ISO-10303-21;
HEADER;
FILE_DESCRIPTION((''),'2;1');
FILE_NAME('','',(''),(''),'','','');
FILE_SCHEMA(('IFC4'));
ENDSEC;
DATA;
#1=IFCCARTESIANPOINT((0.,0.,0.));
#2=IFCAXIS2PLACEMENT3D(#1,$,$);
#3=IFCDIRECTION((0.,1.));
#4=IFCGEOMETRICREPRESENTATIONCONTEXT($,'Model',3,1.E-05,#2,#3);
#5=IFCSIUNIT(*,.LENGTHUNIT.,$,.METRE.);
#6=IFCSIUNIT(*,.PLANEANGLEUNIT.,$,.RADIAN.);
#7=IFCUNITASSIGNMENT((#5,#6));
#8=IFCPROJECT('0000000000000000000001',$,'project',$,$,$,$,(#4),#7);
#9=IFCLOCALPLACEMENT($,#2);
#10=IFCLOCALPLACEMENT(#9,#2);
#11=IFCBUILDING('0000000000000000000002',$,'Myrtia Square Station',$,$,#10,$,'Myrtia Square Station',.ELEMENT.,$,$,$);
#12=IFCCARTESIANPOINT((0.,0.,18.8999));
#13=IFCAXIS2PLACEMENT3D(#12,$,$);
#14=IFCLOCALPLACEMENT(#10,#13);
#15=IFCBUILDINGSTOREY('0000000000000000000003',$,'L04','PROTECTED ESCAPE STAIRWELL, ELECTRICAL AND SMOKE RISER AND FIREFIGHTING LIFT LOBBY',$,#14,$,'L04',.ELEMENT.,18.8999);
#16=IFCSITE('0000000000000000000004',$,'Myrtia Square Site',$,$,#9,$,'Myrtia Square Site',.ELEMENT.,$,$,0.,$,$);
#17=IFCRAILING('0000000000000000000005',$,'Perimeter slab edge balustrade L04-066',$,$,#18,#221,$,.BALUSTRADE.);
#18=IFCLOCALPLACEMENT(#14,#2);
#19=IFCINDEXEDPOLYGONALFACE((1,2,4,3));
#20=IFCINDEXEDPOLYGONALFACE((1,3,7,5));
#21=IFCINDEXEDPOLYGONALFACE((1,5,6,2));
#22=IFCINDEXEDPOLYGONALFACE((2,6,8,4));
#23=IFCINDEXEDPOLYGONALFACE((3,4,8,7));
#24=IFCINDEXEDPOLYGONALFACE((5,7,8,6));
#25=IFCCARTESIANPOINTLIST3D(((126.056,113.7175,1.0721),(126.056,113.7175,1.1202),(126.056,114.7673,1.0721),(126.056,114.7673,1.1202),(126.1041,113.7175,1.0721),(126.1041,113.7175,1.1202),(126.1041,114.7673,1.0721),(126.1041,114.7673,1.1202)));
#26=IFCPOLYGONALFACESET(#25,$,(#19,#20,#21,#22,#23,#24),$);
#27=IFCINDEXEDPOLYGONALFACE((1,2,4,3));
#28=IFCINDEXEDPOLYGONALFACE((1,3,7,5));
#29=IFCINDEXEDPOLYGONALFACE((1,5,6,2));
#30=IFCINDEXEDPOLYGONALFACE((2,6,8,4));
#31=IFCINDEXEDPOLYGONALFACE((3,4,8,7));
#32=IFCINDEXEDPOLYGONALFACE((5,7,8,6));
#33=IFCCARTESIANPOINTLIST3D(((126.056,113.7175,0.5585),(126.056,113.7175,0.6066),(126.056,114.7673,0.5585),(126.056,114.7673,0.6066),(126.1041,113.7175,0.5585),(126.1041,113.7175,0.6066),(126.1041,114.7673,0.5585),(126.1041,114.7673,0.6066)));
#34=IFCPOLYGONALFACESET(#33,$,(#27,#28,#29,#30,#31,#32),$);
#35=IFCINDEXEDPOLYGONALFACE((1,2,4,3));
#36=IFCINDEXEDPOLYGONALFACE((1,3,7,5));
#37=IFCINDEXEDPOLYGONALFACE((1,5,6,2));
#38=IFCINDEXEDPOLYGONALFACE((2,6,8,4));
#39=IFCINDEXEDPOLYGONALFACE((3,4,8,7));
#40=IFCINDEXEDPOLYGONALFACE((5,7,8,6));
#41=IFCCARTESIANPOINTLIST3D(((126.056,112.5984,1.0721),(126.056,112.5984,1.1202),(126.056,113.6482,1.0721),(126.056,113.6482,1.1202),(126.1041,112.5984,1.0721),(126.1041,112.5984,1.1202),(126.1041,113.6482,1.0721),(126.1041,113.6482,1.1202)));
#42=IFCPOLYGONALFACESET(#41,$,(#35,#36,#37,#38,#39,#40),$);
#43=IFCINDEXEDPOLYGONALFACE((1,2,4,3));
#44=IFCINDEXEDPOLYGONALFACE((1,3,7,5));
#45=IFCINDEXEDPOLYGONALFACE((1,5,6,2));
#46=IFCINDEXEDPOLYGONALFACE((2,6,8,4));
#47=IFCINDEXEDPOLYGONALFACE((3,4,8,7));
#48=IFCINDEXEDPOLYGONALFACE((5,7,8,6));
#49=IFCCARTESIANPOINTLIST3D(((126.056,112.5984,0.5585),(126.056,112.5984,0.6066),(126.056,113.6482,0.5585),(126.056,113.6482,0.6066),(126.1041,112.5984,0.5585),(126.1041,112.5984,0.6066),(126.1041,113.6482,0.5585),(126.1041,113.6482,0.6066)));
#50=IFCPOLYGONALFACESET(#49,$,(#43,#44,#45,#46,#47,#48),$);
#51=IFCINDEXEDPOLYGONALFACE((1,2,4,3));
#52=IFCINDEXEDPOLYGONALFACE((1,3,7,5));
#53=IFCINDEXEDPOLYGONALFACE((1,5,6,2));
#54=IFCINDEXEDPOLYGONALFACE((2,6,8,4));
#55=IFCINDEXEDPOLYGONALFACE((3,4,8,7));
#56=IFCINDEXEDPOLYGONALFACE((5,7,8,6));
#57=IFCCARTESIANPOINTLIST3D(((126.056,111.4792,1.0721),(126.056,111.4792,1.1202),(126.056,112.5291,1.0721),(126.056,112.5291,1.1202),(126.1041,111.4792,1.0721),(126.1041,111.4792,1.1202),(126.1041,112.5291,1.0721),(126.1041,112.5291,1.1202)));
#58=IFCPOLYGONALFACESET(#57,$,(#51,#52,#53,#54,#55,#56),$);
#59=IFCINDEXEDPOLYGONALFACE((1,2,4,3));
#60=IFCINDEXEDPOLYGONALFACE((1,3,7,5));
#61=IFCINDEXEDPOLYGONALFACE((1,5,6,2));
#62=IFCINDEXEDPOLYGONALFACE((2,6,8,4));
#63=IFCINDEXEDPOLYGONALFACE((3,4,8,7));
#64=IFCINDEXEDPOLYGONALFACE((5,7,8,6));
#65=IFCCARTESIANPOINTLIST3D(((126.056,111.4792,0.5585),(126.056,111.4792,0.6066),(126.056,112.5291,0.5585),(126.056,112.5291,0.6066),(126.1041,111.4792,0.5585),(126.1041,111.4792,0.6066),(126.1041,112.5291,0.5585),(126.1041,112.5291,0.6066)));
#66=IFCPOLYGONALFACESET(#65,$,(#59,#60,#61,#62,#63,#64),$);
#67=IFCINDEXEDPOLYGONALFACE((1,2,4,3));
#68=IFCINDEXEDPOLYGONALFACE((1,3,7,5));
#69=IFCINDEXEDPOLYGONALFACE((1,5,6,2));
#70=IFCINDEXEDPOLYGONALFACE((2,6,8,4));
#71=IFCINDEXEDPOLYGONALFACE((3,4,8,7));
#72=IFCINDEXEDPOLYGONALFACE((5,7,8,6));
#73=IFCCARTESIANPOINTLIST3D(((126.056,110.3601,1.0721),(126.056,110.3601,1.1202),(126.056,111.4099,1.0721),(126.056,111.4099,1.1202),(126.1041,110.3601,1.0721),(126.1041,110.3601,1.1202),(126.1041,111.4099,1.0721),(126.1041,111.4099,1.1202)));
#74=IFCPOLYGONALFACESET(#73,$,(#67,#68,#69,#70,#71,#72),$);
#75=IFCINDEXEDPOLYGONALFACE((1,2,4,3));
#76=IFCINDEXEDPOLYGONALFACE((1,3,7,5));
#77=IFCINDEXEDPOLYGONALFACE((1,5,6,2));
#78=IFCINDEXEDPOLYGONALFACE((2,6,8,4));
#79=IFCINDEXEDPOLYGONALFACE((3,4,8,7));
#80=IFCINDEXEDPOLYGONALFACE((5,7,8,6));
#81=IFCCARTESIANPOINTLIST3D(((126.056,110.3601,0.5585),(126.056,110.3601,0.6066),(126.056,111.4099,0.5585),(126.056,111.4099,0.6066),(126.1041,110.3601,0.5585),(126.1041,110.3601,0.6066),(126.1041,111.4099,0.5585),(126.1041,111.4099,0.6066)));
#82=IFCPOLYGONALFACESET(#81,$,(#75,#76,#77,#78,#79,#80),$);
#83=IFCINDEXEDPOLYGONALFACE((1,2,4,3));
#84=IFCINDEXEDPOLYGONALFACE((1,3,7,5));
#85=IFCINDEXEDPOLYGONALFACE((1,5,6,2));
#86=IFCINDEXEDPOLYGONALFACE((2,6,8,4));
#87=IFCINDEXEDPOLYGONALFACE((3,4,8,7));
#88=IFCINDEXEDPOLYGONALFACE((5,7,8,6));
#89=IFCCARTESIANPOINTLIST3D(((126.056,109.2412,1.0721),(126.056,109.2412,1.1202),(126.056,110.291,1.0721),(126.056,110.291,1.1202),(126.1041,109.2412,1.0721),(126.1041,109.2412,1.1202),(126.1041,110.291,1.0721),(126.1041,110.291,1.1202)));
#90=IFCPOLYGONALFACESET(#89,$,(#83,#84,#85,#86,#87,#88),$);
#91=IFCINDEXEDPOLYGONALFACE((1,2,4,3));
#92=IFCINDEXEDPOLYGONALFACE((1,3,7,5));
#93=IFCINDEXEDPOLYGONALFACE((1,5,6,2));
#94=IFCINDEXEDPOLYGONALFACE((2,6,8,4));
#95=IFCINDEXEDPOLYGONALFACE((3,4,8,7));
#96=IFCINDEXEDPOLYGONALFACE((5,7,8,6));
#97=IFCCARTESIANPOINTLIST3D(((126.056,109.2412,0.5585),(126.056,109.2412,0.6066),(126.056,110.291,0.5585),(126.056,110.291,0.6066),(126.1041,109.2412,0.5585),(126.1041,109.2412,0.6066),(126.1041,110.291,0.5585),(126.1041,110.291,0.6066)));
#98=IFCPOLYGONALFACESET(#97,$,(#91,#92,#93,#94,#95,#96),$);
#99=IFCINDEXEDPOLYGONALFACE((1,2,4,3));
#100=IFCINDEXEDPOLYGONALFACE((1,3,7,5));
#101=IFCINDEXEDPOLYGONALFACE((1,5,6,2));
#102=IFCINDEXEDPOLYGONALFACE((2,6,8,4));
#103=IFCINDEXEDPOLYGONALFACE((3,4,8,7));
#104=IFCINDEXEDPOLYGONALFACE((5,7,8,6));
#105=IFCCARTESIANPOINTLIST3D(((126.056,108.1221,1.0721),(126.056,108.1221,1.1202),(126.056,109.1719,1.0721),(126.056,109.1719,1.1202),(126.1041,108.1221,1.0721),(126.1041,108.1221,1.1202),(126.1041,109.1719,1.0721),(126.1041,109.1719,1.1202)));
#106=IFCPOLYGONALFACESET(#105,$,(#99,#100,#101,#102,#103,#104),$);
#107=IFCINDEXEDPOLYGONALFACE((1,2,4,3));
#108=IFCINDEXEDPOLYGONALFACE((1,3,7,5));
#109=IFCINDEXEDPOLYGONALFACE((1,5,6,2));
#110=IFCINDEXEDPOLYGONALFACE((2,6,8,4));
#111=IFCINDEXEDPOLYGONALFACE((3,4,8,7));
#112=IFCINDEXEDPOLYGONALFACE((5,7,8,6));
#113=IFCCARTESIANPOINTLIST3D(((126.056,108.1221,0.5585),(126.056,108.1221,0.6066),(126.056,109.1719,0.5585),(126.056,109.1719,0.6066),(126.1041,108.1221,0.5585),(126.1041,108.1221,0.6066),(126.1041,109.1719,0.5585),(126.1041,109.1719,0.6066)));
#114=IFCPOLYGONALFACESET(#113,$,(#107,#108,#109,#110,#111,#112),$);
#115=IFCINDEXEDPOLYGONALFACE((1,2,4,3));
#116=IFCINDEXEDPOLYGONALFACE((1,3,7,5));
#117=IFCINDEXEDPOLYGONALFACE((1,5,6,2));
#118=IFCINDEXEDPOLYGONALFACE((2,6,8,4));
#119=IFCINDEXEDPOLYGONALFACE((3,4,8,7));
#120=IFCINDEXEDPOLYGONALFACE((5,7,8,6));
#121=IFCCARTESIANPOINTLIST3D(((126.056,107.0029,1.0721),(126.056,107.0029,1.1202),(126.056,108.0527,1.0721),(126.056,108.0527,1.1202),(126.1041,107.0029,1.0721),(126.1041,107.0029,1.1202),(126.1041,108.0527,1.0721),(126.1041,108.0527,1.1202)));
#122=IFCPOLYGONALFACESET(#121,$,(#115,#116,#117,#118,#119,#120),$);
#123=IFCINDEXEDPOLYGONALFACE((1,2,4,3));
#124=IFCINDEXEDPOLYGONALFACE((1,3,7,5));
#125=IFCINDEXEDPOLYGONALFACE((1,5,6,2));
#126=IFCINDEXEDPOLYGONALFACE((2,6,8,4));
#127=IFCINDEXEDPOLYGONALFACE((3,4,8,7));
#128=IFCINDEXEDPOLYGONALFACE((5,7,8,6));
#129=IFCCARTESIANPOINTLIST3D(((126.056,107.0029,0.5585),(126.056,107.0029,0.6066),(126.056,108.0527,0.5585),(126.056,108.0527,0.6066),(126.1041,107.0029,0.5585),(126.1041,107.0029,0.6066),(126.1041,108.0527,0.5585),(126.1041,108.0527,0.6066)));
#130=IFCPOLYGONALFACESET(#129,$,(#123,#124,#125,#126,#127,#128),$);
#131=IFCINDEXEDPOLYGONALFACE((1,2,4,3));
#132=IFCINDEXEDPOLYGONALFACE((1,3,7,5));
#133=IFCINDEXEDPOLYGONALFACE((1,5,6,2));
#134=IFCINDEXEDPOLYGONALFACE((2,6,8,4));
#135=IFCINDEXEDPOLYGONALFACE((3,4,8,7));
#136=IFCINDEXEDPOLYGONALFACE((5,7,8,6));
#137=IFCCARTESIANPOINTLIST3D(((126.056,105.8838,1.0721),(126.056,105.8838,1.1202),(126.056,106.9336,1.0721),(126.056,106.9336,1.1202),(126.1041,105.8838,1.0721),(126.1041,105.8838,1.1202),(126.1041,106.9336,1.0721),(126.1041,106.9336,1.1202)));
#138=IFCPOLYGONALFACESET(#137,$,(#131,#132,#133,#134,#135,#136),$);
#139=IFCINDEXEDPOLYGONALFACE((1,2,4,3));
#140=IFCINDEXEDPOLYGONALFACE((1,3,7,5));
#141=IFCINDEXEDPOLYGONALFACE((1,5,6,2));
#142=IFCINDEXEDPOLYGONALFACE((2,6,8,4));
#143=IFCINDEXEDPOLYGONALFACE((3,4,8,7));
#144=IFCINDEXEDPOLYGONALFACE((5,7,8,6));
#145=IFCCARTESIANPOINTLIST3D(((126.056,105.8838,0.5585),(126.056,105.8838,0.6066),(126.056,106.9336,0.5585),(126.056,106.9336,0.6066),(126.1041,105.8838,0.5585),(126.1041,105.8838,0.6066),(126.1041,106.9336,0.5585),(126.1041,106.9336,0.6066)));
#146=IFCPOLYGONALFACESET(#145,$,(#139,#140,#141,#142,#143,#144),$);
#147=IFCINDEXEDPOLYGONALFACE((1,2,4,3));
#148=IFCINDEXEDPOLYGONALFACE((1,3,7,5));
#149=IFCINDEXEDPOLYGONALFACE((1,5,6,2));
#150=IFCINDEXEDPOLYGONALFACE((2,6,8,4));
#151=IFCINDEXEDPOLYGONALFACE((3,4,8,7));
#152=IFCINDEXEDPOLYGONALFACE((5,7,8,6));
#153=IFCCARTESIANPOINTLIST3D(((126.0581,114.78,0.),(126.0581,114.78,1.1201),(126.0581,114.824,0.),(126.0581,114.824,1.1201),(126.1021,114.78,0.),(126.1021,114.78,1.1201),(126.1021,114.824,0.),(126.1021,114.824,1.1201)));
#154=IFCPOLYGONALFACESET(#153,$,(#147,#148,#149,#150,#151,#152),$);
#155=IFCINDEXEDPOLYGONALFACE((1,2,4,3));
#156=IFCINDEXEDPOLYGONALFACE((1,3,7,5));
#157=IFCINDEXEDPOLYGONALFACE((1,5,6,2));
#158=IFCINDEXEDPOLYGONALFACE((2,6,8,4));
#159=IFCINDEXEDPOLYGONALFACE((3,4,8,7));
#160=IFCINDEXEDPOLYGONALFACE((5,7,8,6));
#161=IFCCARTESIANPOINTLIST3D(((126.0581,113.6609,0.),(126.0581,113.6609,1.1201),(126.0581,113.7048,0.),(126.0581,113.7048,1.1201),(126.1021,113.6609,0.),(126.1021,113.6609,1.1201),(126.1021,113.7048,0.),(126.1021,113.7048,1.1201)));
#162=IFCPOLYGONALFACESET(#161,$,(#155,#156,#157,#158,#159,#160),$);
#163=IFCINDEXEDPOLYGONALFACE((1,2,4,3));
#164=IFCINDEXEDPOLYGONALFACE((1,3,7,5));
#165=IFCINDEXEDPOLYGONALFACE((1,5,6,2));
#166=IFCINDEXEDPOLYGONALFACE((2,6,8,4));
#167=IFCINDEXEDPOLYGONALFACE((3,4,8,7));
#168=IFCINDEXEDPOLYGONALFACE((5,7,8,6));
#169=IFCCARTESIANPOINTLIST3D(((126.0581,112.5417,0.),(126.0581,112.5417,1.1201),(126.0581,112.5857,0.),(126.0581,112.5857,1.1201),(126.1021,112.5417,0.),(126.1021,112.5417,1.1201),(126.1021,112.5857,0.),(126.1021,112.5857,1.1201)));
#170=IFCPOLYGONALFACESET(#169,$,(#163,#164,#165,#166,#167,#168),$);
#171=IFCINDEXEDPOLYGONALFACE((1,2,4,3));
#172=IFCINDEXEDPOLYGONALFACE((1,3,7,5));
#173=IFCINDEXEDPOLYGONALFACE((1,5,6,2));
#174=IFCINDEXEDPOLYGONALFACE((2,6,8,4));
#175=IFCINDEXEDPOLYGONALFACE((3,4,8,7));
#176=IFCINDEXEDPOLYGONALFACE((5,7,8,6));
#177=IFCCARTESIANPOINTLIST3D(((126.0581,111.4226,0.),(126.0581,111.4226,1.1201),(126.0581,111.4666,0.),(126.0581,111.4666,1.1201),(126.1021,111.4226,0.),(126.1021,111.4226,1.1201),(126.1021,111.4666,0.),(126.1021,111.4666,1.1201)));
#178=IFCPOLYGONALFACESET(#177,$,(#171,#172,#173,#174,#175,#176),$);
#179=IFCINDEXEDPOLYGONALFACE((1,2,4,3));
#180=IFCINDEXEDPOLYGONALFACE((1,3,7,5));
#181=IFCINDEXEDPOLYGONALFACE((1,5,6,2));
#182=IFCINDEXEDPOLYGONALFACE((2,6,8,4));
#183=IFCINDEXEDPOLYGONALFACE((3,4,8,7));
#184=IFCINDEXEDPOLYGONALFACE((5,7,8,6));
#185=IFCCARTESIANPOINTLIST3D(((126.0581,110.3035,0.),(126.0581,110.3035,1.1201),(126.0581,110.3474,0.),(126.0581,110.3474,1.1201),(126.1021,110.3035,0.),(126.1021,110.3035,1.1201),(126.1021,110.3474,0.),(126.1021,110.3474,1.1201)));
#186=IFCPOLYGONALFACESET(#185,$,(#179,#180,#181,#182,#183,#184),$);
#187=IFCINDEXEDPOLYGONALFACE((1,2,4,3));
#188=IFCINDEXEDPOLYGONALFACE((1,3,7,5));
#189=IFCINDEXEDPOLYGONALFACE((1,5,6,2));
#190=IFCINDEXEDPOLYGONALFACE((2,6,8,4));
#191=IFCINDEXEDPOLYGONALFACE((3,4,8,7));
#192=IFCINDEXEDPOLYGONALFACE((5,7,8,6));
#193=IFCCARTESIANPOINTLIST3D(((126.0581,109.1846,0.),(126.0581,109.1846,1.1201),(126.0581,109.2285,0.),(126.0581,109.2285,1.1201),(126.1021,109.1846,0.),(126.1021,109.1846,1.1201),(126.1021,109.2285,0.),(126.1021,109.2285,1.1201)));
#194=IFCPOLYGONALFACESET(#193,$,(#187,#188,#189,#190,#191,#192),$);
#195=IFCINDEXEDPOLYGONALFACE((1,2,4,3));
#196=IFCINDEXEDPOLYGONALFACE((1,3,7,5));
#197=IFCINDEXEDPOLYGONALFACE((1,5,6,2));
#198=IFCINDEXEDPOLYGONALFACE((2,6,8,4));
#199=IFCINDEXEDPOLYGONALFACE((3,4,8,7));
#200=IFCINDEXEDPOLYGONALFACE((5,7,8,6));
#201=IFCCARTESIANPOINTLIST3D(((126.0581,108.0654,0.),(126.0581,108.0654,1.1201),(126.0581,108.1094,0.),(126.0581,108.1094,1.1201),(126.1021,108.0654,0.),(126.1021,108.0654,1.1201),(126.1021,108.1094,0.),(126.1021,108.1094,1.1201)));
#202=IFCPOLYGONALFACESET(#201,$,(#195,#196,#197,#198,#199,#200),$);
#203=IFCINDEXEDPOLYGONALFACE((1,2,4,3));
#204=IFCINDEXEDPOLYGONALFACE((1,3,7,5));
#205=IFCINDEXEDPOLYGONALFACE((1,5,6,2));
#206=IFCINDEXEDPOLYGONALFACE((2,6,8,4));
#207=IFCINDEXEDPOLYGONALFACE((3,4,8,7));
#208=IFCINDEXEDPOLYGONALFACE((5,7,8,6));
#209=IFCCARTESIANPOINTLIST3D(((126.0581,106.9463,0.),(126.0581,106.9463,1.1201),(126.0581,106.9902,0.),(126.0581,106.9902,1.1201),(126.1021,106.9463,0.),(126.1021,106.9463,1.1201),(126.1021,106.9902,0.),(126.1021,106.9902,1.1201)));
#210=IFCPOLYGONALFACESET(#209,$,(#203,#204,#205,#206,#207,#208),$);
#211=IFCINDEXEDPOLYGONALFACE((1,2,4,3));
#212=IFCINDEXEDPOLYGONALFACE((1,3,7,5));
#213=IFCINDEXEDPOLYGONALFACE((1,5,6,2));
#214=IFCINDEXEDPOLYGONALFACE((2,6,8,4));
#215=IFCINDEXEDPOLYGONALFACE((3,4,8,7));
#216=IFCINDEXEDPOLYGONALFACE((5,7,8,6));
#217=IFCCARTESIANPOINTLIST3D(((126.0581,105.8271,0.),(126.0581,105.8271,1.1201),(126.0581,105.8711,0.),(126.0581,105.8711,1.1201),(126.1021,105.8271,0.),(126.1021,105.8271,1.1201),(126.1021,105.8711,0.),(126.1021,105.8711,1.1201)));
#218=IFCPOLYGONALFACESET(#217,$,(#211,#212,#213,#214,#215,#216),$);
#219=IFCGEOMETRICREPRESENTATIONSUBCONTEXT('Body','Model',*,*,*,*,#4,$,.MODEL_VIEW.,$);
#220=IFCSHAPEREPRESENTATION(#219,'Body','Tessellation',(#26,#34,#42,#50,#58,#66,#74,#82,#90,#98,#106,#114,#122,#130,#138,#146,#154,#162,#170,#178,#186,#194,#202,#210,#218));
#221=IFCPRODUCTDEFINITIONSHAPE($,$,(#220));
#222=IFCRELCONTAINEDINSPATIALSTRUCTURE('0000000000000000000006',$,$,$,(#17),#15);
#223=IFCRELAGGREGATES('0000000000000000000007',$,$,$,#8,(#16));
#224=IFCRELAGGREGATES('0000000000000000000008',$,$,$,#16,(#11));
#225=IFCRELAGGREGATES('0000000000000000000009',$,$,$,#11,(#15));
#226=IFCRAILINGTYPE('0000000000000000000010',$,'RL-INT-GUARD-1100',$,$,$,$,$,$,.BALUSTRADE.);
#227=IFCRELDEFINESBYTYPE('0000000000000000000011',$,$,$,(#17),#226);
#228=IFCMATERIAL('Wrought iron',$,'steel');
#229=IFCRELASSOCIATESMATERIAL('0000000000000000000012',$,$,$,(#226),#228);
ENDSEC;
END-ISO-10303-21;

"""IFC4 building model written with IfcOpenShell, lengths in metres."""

from ifc_helpers import new_model, si_unit, direction, frame, origin, origin_2d, place, context, subcontext, project, spatial, rectangle, extrude, material, type_object, element, save


model = new_model("IFC4")

# Units and contexts
model_context = context("Model", 3, precision=1e-05, world=origin(), true_north=direction((0.0, 1.0)))
body_context = subcontext(model_context, "Body", "Model", "MODEL_VIEW")
ifc_project = project(units=[si_unit("LENGTHUNIT", "METRE"), si_unit("PLANEANGLEUNIT", "RADIAN")], contexts=[model_context])

# Site, building, storey
site_placement = place(None, origin())
site = spatial("IfcSite", under=ifc_project, at=site_placement, Name="Myrtia Square Site", LongName="Myrtia Square Site", CompositionType="ELEMENT", RefElevation=0.0)
building_placement = place(site_placement, origin())
building = spatial("IfcBuilding", under=site, at=building_placement, Name="Myrtia Square Station", LongName="Myrtia Square Station", CompositionType="ELEMENT")
storey_placement = place(building_placement, frame((0.0, 0.0, 18.8999)))
storey = spatial("IfcBuildingStorey", under=building, at=storey_placement, Name="L04", Description="PROTECTED ESCAPE STAIRWELL, ELECTRICAL AND SMOKE RISER AND FIREFIGHTING LIFT LOBBY", LongName="L04", CompositionType="ELEMENT", Elevation=18.8999)

# Railing
ifc_material_1 = material(Name="Wrought iron", Category="steel")
railing_type = type_object("IfcRailingType", Name="RL-INT-GUARD-1100", PredefinedType="BALUSTRADE", material=ifc_material_1)
railing_1_placement = place(storey_placement, frame((126.0801, 114.802, 0.0)))
element("IfcRailing", 1, at=railing_1_placement, inside=storey, type_object=railing_type, Name="Perimeter slab edge balustrade L04-066", PredefinedType="BALUSTRADE", context=body_context, shape_type="SweptSolid", body=[
    extrude(rectangle(XDim=0.0481, YDim=0.0481, at=origin_2d()), frame((0.0, -0.0347, 1.0962), z_axis=(0.0, -1.0, 0.0), x_axis=(1.0, 0.0, 0.0)), (0.0, 0.0, 1.0), 1.0498),
    extrude(rectangle(XDim=0.0481, YDim=0.0481, at=origin_2d()), frame((0.0, -0.0347, 0.5825), z_axis=(0.0, -1.0, 0.0), x_axis=(1.0, 0.0, 0.0)), (0.0, 0.0, 1.0), 1.0498),
    extrude(rectangle(XDim=0.0481, YDim=0.0481, at=origin_2d()), frame((0.0, -1.1538, 1.0962), z_axis=(0.0, -1.0, 0.0), x_axis=(1.0, 0.0, 0.0)), (0.0, 0.0, 1.0), 1.0498),
    extrude(rectangle(XDim=0.0481, YDim=0.0481, at=origin_2d()), frame((0.0, -1.1538, 0.5825), z_axis=(0.0, -1.0, 0.0), x_axis=(1.0, 0.0, 0.0)), (0.0, 0.0, 1.0), 1.0498),
    extrude(rectangle(XDim=0.0481, YDim=0.0481, at=origin_2d()), frame((0.0, -2.2729, 1.0962), z_axis=(0.0, -1.0, 0.0), x_axis=(1.0, 0.0, 0.0)), (0.0, 0.0, 1.0), 1.0498),
    extrude(rectangle(XDim=0.0481, YDim=0.0481, at=origin_2d()), frame((0.0, -2.2729, 0.5825), z_axis=(0.0, -1.0, 0.0), x_axis=(1.0, 0.0, 0.0)), (0.0, 0.0, 1.0), 1.0498),
    extrude(rectangle(XDim=0.0481, YDim=0.0481, at=origin_2d()), frame((0.0, -3.3921, 1.0962), z_axis=(0.0, -1.0, 0.0), x_axis=(1.0, 0.0, 0.0)), (0.0, 0.0, 1.0), 1.0498),
    extrude(rectangle(XDim=0.0481, YDim=0.0481, at=origin_2d()), frame((0.0, -3.3921, 0.5825), z_axis=(0.0, -1.0, 0.0), x_axis=(1.0, 0.0, 0.0)), (0.0, 0.0, 1.0), 1.0498),
    extrude(rectangle(XDim=0.0481, YDim=0.0481, at=origin_2d()), frame((0.0, -4.511, 1.0962), z_axis=(0.0, -1.0, 0.0), x_axis=(1.0, 0.0, 0.0)), (0.0, 0.0, 1.0), 1.0498),
    extrude(rectangle(XDim=0.0481, YDim=0.0481, at=origin_2d()), frame((0.0, -4.511, 0.5825), z_axis=(0.0, -1.0, 0.0), x_axis=(1.0, 0.0, 0.0)), (0.0, 0.0, 1.0), 1.0498),
    extrude(rectangle(XDim=0.0481, YDim=0.0481, at=origin_2d()), frame((0.0, -5.6301, 1.0962), z_axis=(0.0, -1.0, 0.0), x_axis=(1.0, 0.0, 0.0)), (0.0, 0.0, 1.0), 1.0498),
    extrude(rectangle(XDim=0.0481, YDim=0.0481, at=origin_2d()), frame((0.0, -5.6301, 0.5825), z_axis=(0.0, -1.0, 0.0), x_axis=(1.0, 0.0, 0.0)), (0.0, 0.0, 1.0), 1.0498),
    extrude(rectangle(XDim=0.0481, YDim=0.0481, at=origin_2d()), frame((0.0, -6.7493, 1.0962), z_axis=(0.0, -1.0, 0.0), x_axis=(1.0, 0.0, 0.0)), (0.0, 0.0, 1.0), 1.0498),
    extrude(rectangle(XDim=0.0481, YDim=0.0481, at=origin_2d()), frame((0.0, -6.7493, 0.5825), z_axis=(0.0, -1.0, 0.0), x_axis=(1.0, 0.0, 0.0)), (0.0, 0.0, 1.0), 1.0498),
    extrude(rectangle(XDim=0.0481, YDim=0.0481, at=origin_2d()), frame((0.0, -7.8684, 1.0962), z_axis=(0.0, -1.0, 0.0), x_axis=(1.0, 0.0, 0.0)), (0.0, 0.0, 1.0), 1.0498),
    extrude(rectangle(XDim=0.0481, YDim=0.0481, at=origin_2d()), frame((0.0, -7.8684, 0.5825), z_axis=(0.0, -1.0, 0.0), x_axis=(1.0, 0.0, 0.0)), (0.0, 0.0, 1.0), 1.0498),
    extrude(rectangle(XDim=0.0439, YDim=0.0439, at=origin_2d()), origin(), (0.0, 0.0, 1.0), 1.1201),
    extrude(rectangle(XDim=0.0439, YDim=0.0439, at=origin_2d()), frame((0.0, -1.1191, 0.0)), (0.0, 0.0, 1.0), 1.1201),
    extrude(rectangle(XDim=0.0439, YDim=0.0439, at=origin_2d()), frame((0.0, -2.2383, 0.0)), (0.0, 0.0, 1.0), 1.1201),
    extrude(rectangle(XDim=0.0439, YDim=0.0439, at=origin_2d()), frame((0.0, -3.3574, 0.0)), (0.0, 0.0, 1.0), 1.1201),
    extrude(rectangle(XDim=0.0439, YDim=0.0439, at=origin_2d()), frame((0.0, -4.4766, 0.0)), (0.0, 0.0, 1.0), 1.1201),
    extrude(rectangle(XDim=0.0439, YDim=0.0439, at=origin_2d()), frame((0.0, -5.5955, 0.0)), (0.0, 0.0, 1.0), 1.1201),
    extrude(rectangle(XDim=0.0439, YDim=0.0439, at=origin_2d()), frame((0.0, -6.7146, 0.0)), (0.0, 0.0, 1.0), 1.1201),
    extrude(rectangle(XDim=0.0439, YDim=0.0439, at=origin_2d()), frame((0.0, -7.8337, 0.0)), (0.0, 0.0, 1.0), 1.1201),
    extrude(rectangle(XDim=0.0439, YDim=0.0439, at=origin_2d()), frame((0.0, -8.9529, 0.0)), (0.0, 0.0, 1.0), 1.1201),
])

save(model, "model.ifc")
